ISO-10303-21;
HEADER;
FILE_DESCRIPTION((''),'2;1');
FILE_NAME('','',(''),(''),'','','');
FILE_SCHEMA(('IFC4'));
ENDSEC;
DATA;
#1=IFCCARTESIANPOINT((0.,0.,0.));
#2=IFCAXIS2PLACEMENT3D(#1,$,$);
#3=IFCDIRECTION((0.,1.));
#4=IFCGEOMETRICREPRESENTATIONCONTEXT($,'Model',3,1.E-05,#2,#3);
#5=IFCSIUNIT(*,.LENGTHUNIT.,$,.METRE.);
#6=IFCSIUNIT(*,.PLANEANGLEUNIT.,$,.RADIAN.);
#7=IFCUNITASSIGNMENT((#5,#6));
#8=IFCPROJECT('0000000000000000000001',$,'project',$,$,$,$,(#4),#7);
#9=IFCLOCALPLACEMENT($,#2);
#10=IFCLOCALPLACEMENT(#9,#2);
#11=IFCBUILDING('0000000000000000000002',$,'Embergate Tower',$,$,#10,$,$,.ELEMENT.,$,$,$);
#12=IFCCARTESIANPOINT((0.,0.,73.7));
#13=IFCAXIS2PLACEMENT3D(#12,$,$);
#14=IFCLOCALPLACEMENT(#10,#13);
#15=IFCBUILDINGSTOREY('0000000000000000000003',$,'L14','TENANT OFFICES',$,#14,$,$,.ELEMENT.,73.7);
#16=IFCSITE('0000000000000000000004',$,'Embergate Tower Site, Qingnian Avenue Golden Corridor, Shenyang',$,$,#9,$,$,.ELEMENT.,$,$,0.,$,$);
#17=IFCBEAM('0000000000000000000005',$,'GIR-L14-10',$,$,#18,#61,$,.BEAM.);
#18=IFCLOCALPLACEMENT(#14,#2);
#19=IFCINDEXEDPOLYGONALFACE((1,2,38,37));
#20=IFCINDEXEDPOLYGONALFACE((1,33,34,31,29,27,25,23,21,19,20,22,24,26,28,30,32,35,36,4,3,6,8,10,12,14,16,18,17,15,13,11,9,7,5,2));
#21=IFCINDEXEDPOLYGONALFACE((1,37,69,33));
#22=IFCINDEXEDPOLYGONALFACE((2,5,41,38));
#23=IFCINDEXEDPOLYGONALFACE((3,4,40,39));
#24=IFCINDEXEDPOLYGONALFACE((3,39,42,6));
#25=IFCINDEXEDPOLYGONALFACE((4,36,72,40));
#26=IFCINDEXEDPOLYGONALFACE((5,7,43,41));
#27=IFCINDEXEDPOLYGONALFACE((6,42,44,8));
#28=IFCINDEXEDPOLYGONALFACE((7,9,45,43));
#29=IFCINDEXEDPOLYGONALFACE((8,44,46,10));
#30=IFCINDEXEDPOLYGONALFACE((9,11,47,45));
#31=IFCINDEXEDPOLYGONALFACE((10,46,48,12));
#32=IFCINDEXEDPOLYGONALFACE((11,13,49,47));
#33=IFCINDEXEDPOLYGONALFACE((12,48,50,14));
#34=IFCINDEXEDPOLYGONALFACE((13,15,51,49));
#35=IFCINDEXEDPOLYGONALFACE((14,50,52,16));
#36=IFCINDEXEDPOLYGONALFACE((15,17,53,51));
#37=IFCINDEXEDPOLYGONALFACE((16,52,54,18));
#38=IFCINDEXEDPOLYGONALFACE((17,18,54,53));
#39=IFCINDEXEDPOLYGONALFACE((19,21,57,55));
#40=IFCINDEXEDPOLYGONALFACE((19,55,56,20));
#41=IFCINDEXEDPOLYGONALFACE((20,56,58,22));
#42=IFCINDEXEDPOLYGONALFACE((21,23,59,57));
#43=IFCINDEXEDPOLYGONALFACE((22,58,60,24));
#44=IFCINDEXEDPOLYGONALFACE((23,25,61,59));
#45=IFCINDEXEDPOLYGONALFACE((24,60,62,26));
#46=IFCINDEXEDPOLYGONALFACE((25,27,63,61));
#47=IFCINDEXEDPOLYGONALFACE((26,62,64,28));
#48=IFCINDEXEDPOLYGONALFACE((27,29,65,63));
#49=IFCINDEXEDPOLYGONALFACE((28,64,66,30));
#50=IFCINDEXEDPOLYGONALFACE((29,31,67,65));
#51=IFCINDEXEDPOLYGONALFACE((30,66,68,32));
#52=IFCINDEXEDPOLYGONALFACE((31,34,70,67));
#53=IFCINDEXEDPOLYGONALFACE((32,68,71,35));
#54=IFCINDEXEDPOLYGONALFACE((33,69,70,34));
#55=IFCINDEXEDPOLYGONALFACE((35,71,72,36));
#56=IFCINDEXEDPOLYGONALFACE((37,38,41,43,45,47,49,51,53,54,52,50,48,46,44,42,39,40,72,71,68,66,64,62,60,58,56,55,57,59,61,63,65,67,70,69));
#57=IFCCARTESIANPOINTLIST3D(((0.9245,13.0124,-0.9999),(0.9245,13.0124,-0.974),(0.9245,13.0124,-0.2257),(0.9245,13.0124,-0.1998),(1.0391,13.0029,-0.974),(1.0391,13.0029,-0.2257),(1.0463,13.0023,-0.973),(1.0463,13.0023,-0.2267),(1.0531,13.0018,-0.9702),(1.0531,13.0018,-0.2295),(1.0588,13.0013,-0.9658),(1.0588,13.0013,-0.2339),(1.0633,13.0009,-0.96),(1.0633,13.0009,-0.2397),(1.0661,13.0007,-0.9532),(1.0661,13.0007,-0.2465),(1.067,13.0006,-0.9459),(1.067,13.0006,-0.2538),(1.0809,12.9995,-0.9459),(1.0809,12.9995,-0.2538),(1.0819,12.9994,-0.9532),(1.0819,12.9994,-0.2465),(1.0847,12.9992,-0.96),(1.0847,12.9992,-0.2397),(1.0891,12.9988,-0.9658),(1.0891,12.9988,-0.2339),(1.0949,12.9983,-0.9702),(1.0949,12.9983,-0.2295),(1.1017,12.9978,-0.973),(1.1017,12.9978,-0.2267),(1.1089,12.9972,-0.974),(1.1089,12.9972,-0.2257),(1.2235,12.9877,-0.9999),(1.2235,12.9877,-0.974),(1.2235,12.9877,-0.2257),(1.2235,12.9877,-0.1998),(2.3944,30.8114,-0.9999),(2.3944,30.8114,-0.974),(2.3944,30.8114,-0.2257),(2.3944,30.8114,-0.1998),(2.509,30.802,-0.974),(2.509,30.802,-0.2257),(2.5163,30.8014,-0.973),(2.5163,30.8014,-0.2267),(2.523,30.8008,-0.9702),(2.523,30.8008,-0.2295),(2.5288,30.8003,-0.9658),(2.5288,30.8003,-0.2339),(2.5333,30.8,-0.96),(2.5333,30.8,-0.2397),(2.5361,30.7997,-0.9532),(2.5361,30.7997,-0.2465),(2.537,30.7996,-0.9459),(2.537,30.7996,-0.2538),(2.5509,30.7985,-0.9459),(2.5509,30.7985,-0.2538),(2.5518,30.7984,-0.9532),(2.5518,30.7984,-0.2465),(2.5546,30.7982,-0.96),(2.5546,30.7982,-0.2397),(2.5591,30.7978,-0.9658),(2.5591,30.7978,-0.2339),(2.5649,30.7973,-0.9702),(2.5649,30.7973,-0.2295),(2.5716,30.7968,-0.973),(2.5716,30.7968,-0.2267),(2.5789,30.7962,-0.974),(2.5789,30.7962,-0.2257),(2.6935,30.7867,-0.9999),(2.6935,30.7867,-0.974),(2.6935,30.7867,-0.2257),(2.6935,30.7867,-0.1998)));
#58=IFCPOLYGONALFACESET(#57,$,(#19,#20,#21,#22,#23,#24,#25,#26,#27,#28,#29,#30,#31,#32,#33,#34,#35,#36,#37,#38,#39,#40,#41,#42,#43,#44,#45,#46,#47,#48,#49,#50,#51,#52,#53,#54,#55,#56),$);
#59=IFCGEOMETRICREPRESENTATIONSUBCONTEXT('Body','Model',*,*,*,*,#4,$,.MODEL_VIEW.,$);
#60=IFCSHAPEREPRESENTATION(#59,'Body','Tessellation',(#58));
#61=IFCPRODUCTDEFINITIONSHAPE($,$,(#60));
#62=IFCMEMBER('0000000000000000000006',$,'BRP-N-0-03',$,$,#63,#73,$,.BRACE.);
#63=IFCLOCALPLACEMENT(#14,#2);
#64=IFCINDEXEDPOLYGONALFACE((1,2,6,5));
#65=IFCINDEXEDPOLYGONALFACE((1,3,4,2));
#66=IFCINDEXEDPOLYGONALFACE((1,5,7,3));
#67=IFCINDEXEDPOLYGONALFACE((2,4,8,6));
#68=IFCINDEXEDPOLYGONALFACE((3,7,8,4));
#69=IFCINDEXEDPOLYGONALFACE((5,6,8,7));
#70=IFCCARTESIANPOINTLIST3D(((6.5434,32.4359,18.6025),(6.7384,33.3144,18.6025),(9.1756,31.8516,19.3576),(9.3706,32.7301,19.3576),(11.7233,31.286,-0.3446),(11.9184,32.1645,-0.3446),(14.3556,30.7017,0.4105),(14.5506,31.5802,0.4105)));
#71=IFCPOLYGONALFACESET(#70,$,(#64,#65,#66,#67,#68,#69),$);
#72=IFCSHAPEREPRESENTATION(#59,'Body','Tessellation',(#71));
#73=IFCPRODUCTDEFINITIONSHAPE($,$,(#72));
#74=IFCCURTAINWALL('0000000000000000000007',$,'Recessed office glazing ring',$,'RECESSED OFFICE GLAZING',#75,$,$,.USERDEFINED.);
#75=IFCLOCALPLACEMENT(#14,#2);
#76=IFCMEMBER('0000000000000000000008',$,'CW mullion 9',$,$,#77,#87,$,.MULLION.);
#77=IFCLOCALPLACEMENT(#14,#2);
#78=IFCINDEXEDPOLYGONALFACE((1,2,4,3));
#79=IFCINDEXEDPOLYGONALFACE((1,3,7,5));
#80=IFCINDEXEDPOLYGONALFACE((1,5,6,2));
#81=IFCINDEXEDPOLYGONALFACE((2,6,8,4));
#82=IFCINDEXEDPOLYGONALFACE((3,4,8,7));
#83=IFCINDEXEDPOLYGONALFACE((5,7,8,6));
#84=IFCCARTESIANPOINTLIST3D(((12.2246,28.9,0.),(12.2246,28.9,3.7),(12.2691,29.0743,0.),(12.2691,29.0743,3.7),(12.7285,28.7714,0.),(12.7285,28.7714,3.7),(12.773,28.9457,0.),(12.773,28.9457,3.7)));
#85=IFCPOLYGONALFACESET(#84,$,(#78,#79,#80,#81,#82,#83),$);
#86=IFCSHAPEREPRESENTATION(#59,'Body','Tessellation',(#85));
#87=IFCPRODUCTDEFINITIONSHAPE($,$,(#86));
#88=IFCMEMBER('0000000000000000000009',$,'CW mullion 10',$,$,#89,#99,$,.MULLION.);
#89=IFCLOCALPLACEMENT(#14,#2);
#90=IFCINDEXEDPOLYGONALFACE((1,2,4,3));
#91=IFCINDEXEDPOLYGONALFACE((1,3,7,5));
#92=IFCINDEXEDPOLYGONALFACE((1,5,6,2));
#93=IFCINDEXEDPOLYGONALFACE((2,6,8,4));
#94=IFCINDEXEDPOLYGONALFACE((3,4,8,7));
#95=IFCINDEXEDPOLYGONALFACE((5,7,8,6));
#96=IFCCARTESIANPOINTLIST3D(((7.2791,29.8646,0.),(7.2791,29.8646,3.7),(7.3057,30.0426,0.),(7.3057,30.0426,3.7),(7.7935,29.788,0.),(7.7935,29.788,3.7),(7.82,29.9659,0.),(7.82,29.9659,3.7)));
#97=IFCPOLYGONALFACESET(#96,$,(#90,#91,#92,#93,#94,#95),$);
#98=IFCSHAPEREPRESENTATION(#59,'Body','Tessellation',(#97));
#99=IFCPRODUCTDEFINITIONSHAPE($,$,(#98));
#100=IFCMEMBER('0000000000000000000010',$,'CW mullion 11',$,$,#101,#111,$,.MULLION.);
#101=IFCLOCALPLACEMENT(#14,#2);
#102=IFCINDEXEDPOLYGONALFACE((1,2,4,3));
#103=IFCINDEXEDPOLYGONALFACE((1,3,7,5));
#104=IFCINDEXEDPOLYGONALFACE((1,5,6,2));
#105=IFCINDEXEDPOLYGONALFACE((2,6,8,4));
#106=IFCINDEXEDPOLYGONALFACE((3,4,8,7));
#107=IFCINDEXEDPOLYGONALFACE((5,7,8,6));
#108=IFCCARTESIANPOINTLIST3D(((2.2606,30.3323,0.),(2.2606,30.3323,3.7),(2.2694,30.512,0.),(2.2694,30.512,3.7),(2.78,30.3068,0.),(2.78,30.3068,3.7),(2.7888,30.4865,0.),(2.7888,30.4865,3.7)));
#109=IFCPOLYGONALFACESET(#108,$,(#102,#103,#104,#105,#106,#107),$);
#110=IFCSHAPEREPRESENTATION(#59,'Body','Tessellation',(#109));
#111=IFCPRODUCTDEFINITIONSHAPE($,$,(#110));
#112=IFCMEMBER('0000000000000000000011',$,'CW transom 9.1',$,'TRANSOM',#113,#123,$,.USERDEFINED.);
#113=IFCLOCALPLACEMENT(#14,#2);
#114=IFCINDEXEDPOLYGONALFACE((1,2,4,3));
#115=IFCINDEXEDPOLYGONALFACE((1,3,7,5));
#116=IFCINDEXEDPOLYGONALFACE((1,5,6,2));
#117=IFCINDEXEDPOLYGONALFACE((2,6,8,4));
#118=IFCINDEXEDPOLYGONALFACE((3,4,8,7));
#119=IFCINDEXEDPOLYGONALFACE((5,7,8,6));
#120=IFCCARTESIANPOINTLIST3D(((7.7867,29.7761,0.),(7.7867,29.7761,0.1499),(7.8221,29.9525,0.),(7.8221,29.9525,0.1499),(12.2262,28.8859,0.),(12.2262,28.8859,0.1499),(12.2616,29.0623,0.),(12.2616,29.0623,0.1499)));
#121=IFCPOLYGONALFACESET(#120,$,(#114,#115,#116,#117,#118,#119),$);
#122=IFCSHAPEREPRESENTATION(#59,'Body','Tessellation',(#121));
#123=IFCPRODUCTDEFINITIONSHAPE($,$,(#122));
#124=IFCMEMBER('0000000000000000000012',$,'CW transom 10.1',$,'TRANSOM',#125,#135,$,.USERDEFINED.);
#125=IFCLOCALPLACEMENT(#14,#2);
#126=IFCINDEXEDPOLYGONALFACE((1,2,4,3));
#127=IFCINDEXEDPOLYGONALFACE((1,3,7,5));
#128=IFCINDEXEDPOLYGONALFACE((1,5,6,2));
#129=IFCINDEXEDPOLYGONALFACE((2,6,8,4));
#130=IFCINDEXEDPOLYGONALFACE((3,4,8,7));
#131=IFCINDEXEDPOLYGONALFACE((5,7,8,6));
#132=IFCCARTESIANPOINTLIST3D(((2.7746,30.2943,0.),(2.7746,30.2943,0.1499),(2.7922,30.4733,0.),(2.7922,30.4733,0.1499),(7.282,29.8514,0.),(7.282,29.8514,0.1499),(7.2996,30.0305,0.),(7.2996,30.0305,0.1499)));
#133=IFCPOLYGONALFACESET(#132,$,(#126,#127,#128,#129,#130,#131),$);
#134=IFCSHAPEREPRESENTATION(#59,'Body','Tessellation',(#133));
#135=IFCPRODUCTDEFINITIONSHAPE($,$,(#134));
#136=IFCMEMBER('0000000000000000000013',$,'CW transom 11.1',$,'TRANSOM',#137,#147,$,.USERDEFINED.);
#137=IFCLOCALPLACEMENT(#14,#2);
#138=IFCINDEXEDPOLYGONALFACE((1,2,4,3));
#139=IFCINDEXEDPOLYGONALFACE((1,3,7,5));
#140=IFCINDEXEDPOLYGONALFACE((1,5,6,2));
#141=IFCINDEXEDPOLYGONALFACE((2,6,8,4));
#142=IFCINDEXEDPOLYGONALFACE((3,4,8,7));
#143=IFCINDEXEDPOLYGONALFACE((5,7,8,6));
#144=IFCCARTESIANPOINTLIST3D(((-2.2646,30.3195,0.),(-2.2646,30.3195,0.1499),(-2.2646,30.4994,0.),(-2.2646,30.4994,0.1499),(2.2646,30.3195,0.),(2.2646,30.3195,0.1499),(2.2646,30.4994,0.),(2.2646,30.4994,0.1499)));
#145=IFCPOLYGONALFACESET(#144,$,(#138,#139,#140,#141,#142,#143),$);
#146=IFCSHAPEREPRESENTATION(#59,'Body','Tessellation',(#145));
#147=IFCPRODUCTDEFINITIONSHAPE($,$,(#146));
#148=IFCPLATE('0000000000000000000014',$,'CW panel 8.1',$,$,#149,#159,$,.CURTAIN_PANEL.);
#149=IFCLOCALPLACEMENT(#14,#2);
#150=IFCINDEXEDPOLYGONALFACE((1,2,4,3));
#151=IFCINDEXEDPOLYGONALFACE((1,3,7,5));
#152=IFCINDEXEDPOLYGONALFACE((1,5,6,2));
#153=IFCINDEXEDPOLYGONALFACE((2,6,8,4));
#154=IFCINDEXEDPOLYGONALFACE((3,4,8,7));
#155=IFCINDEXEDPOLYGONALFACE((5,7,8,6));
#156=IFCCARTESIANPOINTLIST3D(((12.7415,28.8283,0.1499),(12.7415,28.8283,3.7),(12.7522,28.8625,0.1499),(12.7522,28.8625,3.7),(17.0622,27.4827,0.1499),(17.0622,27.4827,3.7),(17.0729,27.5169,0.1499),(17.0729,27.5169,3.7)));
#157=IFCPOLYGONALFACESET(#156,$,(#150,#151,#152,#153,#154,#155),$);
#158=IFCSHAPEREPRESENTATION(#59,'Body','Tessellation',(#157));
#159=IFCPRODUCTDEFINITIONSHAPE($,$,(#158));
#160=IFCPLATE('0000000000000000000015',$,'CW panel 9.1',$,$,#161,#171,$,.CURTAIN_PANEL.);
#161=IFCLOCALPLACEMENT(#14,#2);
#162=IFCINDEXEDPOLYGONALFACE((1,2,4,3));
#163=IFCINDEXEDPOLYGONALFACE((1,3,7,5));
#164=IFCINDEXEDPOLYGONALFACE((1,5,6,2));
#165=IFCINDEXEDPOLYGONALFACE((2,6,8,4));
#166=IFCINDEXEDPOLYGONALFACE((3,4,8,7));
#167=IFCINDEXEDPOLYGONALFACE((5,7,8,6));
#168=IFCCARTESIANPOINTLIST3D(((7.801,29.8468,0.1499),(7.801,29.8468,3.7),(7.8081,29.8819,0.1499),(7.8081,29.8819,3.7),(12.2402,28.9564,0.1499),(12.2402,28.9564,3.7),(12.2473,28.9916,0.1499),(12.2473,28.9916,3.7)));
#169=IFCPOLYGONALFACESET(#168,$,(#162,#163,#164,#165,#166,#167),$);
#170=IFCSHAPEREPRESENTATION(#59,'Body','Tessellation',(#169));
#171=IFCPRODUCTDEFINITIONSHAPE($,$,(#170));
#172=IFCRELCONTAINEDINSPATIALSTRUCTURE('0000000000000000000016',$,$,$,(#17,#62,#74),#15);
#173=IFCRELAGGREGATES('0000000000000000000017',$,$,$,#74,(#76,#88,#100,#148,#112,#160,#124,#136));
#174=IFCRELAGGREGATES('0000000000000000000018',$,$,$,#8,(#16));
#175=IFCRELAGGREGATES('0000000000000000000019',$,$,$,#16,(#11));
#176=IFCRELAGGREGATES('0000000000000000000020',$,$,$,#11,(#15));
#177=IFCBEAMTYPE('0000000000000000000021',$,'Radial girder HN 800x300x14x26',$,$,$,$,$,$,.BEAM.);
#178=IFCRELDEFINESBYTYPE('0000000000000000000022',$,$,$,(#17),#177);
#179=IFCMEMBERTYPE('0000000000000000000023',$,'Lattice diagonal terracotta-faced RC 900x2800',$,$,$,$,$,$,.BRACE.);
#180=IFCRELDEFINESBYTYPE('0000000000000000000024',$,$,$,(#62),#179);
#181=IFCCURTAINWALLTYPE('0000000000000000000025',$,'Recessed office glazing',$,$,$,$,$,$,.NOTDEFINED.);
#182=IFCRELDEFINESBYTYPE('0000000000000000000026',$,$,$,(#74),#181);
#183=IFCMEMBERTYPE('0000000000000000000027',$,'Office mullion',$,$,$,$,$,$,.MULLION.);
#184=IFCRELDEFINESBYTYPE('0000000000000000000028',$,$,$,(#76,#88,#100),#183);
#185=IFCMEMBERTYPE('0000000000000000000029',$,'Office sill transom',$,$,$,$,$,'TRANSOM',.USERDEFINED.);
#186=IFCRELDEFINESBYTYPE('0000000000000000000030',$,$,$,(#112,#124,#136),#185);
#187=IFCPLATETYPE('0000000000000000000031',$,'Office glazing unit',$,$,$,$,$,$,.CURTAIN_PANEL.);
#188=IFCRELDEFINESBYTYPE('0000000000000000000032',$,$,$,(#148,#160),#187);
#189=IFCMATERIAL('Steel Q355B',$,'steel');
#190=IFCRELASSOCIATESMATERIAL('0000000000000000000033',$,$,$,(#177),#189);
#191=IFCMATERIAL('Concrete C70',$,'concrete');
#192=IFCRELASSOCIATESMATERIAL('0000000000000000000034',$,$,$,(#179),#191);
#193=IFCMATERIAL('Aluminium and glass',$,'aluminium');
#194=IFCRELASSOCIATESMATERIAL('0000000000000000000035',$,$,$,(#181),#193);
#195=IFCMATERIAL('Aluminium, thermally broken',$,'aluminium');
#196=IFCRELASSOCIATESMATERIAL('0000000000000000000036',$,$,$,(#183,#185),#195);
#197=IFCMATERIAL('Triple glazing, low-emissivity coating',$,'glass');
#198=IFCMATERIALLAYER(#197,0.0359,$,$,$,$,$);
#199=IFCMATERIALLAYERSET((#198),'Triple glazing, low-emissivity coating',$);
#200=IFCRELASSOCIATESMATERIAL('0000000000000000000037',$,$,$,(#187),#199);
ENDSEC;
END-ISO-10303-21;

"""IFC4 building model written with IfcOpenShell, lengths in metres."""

from ifc_helpers import new_model, si_unit, direction, frame, origin, origin_2d, place, context, subcontext, project, spatial, rectangle, i_section, extrude, source, transform, mapped, material, layer, layer_set, material_profile, profile_set, type_object, element, aggregate, save


model = new_model("IFC4")

# Units and contexts
model_context = context("Model", 3, precision=1e-05, world=origin(), true_north=direction((0.0, 1.0)))
body_context = subcontext(model_context, "Body", "Model", "MODEL_VIEW")
ifc_project = project(units=[si_unit("LENGTHUNIT", "METRE"), si_unit("PLANEANGLEUNIT", "RADIAN")], contexts=[model_context])

# Site, building, storey
site_placement = place(None, origin())
site = spatial("IfcSite", under=ifc_project, at=site_placement, Name="Embergate Tower Site, Qingnian Avenue Golden Corridor, Shenyang", CompositionType="ELEMENT", RefElevation=0.0)
building_placement = place(site_placement, origin())
building = spatial("IfcBuilding", under=site, at=building_placement, Name="Embergate Tower", CompositionType="ELEMENT")
storey_placement = place(building_placement, frame((0.0, 0.0, 73.7)))
storey = spatial("IfcBuildingStorey", under=building, at=storey_placement, Name="L14", Description="TENANT OFFICES", CompositionType="ELEMENT", Elevation=73.7)

# Shared definitions
ifc_material_1 = material(Name="Concrete C70", Category="concrete")

# Beam
ifc_material_2 = material(Name="Steel Q355B", Category="steel")
ifc_material_profile_1 = material_profile(ifc_material_2, i_section(OverallWidth=0.3, OverallDepth=0.8, WebThickness=0.0139, FlangeThickness=0.0259, FilletRadius=0.0281, at=origin_2d()), Name="HN 800x300x14x26")
ifc_profile_set_1 = profile_set([ifc_material_profile_1], Name="Steel Q355 grade B")
beam_type_1 = type_object("IfcBeamType", Name="Radial girder HN 800x300x14x26", PredefinedType="BEAM", material=ifc_profile_set_1)
shared_shape_1 = source(origin(), body_context, "Body", "SweptSolid", [
    extrude(i_section(OverallWidth=0.3, OverallDepth=0.8, WebThickness=0.0139, FlangeThickness=0.0259, FilletRadius=0.0281, at=origin_2d()), origin(), (0.0, 0.0, 1.0), 17.8596),
])
beam_1_placement = place(storey_placement, frame((2.5439, 30.7991, -0.5999), z_axis=(-0.082307, -0.996607, 0.0), x_axis=(0.996607, -0.082307, 0.0)))
element("IfcBeam", 1, at=beam_1_placement, inside=storey, type_object=beam_type_1, Name="GIR-L14-10", PredefinedType="BEAM", context=body_context, shape_type="MappedRepresentation", body=[
    mapped(shared_shape_1, transform((0.0, 0.0, 0.0))),
])

# Member
ifc_material_profile_2 = material_profile(ifc_material_1, rectangle(XDim=0.8999, YDim=2.8, at=origin_2d()), Name="RC 900x2800")
ifc_profile_set_2 = profile_set([ifc_material_profile_2], Name="Concrete C70")
member_type_1 = type_object("IfcMemberType", Name="Lattice diagonal terracotta-faced RC 900x2800", PredefinedType="BRACE", material=ifc_profile_set_2)
shared_shape_2 = source(origin(), body_context, "Body", "SweptSolid", [
    extrude(rectangle(XDim=0.8999, YDim=2.8, at=origin_2d()), origin(), (0.0, 0.0, 1.0), 19.676),
])
member_1_placement = place(storey_placement, frame((13.137, 31.4331, 0.033), z_axis=(-0.263262, 0.058442, 0.962953), x_axis=(-0.216716, -0.976235, 0.0)))
element("IfcMember", 2, at=member_1_placement, inside=storey, type_object=member_type_1, Name="BRP-N-0-03", PredefinedType="BRACE", context=body_context, shape_type="MappedRepresentation", body=[
    mapped(shared_shape_2, transform((0.0, 0.0, 0.0))),
])

# Curtain wall, members, plates
ifc_material_3 = material(Name="Aluminium and glass", Category="aluminium")
curtain_wall_type = type_object("IfcCurtainWallType", Name="Recessed office glazing", PredefinedType="NOTDEFINED", material=ifc_material_3)
curtain_wall_placement = place(storey_placement, origin())
curtain_wall = element("IfcCurtainWall", 3, at=curtain_wall_placement, inside=storey, type_object=curtain_wall_type, Name="Recessed office glazing ring", ObjectType="RECESSED OFFICE GLAZING", PredefinedType="USERDEFINED")
ifc_material_4 = material(Name="Aluminium, thermally broken", Category="aluminium")
ifc_material_profile_3 = material_profile(ifc_material_4, rectangle(XDim=0.1799, YDim=0.52, at=origin_2d()), Name="AL 520x180")
ifc_profile_set_3 = profile_set([ifc_material_profile_3], Name="Aluminium, thermally broken")
member_type_2 = type_object("IfcMemberType", Name="Office mullion", PredefinedType="MULLION", material=ifc_profile_set_3)
shared_shape_3 = source(origin(), body_context, "Body", "SweptSolid", [
    extrude(rectangle(XDim=0.1799, YDim=0.52, at=origin_2d()), origin(), (0.0, 0.0, 1.0), 3.7),
])
member_2_placement = place(storey_placement, frame((12.4988, 28.9229, 0.0), z_axis=(0.0, 0.0, 1.0), x_axis=(-0.247315, -0.968935, 0.0)))
member_2 = element("IfcMember", 4, at=member_2_placement, type_object=member_type_2, Name="CW mullion 9", PredefinedType="MULLION", context=body_context, shape_type="MappedRepresentation", body=[
    mapped(shared_shape_3, transform((0.0, 0.0, 0.0))),
])
member_3_placement = place(storey_placement, frame((7.5496, 29.9153, 0.0), z_axis=(0.0, 0.0, 1.0), x_axis=(-0.147414, -0.989075, 0.0)))
member_3 = element("IfcMember", 5, at=member_3_placement, type_object=member_type_2, Name="CW mullion 10", PredefinedType="MULLION", context=body_context, shape_type="MappedRepresentation", body=[
    mapped(shared_shape_3, transform((0.0, 0.0, 0.0))),
])
member_4_placement = place(storey_placement, frame((2.5247, 30.4094, 0.0), z_axis=(0.0, 0.0, 1.0), x_axis=(-0.048972, -0.9988, 0.0)))
member_4 = element("IfcMember", 6, at=member_4_placement, type_object=member_type_2, Name="CW mullion 11", PredefinedType="MULLION", context=body_context, shape_type="MappedRepresentation", body=[
    mapped(shared_shape_3, transform((0.0, 0.0, 0.0))),
])
ifc_material_profile_4 = material_profile(ifc_material_4, rectangle(XDim=0.1799, YDim=0.1499, at=origin_2d()), Name="AL 150x180")
ifc_profile_set_4 = profile_set([ifc_material_profile_4], Name="Aluminium, thermally broken")
member_type_3 = type_object("IfcMemberType", Name="Office sill transom", ElementType="TRANSOM", PredefinedType="USERDEFINED", material=ifc_profile_set_4)
shared_shape_4 = source(origin(), body_context, "Body", "SweptSolid", [
    extrude(rectangle(XDim=0.1799, YDim=0.1499, at=origin_2d()), origin(), (0.0, 0.0, 1.0), 4.5278),
])
member_5_placement = place(storey_placement, frame((12.2439, 28.9741, 0.075), z_axis=(-0.980485, 0.196593, 0.0), x_axis=(-0.196593, -0.980485, 0.0)))
member_5 = element("IfcMember", 7, at=member_5_placement, type_object=member_type_3, Name="CW transom 9.1", ObjectType="TRANSOM", PredefinedType="USERDEFINED", context=body_context, shape_type="MappedRepresentation", body=[
    mapped(shared_shape_4, transform((0.0, 0.0, 0.0))),
])
shared_shape_5 = source(origin(), body_context, "Body", "SweptSolid", [
    extrude(rectangle(XDim=0.1799, YDim=0.1499, at=origin_2d()), origin(), (0.0, 0.0, 1.0), 4.5291),
])
member_6_placement = place(storey_placement, frame((7.2908, 29.9409, 0.075), z_axis=(-0.995208, 0.097785, 0.0), x_axis=(-0.097785, -0.995208, 0.0)))
member_6 = element("IfcMember", 8, at=member_6_placement, type_object=member_type_3, Name="CW transom 10.1", ObjectType="TRANSOM", PredefinedType="USERDEFINED", context=body_context, shape_type="MappedRepresentation", body=[
    mapped(shared_shape_5, transform((0.0, 0.0, 0.0))),
])
shared_shape_6 = source(origin(), body_context, "Body", "SweptSolid", [
    extrude(rectangle(XDim=0.1799, YDim=0.1499, at=origin_2d()), origin(), (0.0, 0.0, 1.0), 4.5293),
])
member_7_placement = place(storey_placement, frame((2.2646, 30.4094, 0.075), z_axis=(-1.0, 0.0, 0.0), x_axis=(0.0, -1.0, 0.0)))
member_7 = element("IfcMember", 9, at=member_7_placement, type_object=member_type_3, Name="CW transom 11.1", ObjectType="TRANSOM", PredefinedType="USERDEFINED", context=body_context, shape_type="MappedRepresentation", body=[
    mapped(shared_shape_6, transform((0.0, 0.0, 0.0))),
])
ifc_material_5 = material(Name="Triple glazing, low-emissivity coating", Category="glass")
ifc_layer_1 = layer(ifc_material_5, 0.0359)
ifc_layer_set_1 = layer_set([ifc_layer_1], Name="Triple glazing, low-emissivity coating")
plate_type = type_object("IfcPlateType", Name="Office glazing unit", PredefinedType="CURTAIN_PANEL", material=ifc_layer_set_1)
shared_shape_7 = source(origin(), body_context, "Body", "SweptSolid", [
    extrude(rectangle(XDim=4.5254, YDim=0.0359, at=origin_2d()), origin(), (0.0, 0.0, 1.0), 3.55),
])
plate_1_placement = place(storey_placement, frame((14.9072, 28.1726, 0.1499), z_axis=(0.0, 0.0, 1.0), x_axis=(-0.954771, 0.297342, 0.0)))
plate_1 = element("IfcPlate", 10, at=plate_1_placement, type_object=plate_type, Name="CW panel 8.1", PredefinedType="CURTAIN_PANEL", context=body_context, shape_type="MappedRepresentation", body=[
    mapped(shared_shape_7, transform((0.0, 0.0, 0.0))),
])
shared_shape_8 = source(origin(), body_context, "Body", "SweptSolid", [
    extrude(rectangle(XDim=4.5276, YDim=0.0359, at=origin_2d()), origin(), (0.0, 0.0, 1.0), 3.55),
])
plate_2_placement = place(storey_placement, frame((10.0242, 29.4192, 0.1499), z_axis=(0.0, 0.0, 1.0), x_axis=(-0.980475, 0.196643, 0.0)))
plate_2 = element("IfcPlate", 11, at=plate_2_placement, type_object=plate_type, Name="CW panel 9.1", PredefinedType="CURTAIN_PANEL", context=body_context, shape_type="MappedRepresentation", body=[
    mapped(shared_shape_8, transform((0.0, 0.0, 0.0))),
])
aggregate(curtain_wall, [member_2, member_3, member_4, plate_1, member_5, plate_2, member_6, member_7])

save(model, "model.ifc")
